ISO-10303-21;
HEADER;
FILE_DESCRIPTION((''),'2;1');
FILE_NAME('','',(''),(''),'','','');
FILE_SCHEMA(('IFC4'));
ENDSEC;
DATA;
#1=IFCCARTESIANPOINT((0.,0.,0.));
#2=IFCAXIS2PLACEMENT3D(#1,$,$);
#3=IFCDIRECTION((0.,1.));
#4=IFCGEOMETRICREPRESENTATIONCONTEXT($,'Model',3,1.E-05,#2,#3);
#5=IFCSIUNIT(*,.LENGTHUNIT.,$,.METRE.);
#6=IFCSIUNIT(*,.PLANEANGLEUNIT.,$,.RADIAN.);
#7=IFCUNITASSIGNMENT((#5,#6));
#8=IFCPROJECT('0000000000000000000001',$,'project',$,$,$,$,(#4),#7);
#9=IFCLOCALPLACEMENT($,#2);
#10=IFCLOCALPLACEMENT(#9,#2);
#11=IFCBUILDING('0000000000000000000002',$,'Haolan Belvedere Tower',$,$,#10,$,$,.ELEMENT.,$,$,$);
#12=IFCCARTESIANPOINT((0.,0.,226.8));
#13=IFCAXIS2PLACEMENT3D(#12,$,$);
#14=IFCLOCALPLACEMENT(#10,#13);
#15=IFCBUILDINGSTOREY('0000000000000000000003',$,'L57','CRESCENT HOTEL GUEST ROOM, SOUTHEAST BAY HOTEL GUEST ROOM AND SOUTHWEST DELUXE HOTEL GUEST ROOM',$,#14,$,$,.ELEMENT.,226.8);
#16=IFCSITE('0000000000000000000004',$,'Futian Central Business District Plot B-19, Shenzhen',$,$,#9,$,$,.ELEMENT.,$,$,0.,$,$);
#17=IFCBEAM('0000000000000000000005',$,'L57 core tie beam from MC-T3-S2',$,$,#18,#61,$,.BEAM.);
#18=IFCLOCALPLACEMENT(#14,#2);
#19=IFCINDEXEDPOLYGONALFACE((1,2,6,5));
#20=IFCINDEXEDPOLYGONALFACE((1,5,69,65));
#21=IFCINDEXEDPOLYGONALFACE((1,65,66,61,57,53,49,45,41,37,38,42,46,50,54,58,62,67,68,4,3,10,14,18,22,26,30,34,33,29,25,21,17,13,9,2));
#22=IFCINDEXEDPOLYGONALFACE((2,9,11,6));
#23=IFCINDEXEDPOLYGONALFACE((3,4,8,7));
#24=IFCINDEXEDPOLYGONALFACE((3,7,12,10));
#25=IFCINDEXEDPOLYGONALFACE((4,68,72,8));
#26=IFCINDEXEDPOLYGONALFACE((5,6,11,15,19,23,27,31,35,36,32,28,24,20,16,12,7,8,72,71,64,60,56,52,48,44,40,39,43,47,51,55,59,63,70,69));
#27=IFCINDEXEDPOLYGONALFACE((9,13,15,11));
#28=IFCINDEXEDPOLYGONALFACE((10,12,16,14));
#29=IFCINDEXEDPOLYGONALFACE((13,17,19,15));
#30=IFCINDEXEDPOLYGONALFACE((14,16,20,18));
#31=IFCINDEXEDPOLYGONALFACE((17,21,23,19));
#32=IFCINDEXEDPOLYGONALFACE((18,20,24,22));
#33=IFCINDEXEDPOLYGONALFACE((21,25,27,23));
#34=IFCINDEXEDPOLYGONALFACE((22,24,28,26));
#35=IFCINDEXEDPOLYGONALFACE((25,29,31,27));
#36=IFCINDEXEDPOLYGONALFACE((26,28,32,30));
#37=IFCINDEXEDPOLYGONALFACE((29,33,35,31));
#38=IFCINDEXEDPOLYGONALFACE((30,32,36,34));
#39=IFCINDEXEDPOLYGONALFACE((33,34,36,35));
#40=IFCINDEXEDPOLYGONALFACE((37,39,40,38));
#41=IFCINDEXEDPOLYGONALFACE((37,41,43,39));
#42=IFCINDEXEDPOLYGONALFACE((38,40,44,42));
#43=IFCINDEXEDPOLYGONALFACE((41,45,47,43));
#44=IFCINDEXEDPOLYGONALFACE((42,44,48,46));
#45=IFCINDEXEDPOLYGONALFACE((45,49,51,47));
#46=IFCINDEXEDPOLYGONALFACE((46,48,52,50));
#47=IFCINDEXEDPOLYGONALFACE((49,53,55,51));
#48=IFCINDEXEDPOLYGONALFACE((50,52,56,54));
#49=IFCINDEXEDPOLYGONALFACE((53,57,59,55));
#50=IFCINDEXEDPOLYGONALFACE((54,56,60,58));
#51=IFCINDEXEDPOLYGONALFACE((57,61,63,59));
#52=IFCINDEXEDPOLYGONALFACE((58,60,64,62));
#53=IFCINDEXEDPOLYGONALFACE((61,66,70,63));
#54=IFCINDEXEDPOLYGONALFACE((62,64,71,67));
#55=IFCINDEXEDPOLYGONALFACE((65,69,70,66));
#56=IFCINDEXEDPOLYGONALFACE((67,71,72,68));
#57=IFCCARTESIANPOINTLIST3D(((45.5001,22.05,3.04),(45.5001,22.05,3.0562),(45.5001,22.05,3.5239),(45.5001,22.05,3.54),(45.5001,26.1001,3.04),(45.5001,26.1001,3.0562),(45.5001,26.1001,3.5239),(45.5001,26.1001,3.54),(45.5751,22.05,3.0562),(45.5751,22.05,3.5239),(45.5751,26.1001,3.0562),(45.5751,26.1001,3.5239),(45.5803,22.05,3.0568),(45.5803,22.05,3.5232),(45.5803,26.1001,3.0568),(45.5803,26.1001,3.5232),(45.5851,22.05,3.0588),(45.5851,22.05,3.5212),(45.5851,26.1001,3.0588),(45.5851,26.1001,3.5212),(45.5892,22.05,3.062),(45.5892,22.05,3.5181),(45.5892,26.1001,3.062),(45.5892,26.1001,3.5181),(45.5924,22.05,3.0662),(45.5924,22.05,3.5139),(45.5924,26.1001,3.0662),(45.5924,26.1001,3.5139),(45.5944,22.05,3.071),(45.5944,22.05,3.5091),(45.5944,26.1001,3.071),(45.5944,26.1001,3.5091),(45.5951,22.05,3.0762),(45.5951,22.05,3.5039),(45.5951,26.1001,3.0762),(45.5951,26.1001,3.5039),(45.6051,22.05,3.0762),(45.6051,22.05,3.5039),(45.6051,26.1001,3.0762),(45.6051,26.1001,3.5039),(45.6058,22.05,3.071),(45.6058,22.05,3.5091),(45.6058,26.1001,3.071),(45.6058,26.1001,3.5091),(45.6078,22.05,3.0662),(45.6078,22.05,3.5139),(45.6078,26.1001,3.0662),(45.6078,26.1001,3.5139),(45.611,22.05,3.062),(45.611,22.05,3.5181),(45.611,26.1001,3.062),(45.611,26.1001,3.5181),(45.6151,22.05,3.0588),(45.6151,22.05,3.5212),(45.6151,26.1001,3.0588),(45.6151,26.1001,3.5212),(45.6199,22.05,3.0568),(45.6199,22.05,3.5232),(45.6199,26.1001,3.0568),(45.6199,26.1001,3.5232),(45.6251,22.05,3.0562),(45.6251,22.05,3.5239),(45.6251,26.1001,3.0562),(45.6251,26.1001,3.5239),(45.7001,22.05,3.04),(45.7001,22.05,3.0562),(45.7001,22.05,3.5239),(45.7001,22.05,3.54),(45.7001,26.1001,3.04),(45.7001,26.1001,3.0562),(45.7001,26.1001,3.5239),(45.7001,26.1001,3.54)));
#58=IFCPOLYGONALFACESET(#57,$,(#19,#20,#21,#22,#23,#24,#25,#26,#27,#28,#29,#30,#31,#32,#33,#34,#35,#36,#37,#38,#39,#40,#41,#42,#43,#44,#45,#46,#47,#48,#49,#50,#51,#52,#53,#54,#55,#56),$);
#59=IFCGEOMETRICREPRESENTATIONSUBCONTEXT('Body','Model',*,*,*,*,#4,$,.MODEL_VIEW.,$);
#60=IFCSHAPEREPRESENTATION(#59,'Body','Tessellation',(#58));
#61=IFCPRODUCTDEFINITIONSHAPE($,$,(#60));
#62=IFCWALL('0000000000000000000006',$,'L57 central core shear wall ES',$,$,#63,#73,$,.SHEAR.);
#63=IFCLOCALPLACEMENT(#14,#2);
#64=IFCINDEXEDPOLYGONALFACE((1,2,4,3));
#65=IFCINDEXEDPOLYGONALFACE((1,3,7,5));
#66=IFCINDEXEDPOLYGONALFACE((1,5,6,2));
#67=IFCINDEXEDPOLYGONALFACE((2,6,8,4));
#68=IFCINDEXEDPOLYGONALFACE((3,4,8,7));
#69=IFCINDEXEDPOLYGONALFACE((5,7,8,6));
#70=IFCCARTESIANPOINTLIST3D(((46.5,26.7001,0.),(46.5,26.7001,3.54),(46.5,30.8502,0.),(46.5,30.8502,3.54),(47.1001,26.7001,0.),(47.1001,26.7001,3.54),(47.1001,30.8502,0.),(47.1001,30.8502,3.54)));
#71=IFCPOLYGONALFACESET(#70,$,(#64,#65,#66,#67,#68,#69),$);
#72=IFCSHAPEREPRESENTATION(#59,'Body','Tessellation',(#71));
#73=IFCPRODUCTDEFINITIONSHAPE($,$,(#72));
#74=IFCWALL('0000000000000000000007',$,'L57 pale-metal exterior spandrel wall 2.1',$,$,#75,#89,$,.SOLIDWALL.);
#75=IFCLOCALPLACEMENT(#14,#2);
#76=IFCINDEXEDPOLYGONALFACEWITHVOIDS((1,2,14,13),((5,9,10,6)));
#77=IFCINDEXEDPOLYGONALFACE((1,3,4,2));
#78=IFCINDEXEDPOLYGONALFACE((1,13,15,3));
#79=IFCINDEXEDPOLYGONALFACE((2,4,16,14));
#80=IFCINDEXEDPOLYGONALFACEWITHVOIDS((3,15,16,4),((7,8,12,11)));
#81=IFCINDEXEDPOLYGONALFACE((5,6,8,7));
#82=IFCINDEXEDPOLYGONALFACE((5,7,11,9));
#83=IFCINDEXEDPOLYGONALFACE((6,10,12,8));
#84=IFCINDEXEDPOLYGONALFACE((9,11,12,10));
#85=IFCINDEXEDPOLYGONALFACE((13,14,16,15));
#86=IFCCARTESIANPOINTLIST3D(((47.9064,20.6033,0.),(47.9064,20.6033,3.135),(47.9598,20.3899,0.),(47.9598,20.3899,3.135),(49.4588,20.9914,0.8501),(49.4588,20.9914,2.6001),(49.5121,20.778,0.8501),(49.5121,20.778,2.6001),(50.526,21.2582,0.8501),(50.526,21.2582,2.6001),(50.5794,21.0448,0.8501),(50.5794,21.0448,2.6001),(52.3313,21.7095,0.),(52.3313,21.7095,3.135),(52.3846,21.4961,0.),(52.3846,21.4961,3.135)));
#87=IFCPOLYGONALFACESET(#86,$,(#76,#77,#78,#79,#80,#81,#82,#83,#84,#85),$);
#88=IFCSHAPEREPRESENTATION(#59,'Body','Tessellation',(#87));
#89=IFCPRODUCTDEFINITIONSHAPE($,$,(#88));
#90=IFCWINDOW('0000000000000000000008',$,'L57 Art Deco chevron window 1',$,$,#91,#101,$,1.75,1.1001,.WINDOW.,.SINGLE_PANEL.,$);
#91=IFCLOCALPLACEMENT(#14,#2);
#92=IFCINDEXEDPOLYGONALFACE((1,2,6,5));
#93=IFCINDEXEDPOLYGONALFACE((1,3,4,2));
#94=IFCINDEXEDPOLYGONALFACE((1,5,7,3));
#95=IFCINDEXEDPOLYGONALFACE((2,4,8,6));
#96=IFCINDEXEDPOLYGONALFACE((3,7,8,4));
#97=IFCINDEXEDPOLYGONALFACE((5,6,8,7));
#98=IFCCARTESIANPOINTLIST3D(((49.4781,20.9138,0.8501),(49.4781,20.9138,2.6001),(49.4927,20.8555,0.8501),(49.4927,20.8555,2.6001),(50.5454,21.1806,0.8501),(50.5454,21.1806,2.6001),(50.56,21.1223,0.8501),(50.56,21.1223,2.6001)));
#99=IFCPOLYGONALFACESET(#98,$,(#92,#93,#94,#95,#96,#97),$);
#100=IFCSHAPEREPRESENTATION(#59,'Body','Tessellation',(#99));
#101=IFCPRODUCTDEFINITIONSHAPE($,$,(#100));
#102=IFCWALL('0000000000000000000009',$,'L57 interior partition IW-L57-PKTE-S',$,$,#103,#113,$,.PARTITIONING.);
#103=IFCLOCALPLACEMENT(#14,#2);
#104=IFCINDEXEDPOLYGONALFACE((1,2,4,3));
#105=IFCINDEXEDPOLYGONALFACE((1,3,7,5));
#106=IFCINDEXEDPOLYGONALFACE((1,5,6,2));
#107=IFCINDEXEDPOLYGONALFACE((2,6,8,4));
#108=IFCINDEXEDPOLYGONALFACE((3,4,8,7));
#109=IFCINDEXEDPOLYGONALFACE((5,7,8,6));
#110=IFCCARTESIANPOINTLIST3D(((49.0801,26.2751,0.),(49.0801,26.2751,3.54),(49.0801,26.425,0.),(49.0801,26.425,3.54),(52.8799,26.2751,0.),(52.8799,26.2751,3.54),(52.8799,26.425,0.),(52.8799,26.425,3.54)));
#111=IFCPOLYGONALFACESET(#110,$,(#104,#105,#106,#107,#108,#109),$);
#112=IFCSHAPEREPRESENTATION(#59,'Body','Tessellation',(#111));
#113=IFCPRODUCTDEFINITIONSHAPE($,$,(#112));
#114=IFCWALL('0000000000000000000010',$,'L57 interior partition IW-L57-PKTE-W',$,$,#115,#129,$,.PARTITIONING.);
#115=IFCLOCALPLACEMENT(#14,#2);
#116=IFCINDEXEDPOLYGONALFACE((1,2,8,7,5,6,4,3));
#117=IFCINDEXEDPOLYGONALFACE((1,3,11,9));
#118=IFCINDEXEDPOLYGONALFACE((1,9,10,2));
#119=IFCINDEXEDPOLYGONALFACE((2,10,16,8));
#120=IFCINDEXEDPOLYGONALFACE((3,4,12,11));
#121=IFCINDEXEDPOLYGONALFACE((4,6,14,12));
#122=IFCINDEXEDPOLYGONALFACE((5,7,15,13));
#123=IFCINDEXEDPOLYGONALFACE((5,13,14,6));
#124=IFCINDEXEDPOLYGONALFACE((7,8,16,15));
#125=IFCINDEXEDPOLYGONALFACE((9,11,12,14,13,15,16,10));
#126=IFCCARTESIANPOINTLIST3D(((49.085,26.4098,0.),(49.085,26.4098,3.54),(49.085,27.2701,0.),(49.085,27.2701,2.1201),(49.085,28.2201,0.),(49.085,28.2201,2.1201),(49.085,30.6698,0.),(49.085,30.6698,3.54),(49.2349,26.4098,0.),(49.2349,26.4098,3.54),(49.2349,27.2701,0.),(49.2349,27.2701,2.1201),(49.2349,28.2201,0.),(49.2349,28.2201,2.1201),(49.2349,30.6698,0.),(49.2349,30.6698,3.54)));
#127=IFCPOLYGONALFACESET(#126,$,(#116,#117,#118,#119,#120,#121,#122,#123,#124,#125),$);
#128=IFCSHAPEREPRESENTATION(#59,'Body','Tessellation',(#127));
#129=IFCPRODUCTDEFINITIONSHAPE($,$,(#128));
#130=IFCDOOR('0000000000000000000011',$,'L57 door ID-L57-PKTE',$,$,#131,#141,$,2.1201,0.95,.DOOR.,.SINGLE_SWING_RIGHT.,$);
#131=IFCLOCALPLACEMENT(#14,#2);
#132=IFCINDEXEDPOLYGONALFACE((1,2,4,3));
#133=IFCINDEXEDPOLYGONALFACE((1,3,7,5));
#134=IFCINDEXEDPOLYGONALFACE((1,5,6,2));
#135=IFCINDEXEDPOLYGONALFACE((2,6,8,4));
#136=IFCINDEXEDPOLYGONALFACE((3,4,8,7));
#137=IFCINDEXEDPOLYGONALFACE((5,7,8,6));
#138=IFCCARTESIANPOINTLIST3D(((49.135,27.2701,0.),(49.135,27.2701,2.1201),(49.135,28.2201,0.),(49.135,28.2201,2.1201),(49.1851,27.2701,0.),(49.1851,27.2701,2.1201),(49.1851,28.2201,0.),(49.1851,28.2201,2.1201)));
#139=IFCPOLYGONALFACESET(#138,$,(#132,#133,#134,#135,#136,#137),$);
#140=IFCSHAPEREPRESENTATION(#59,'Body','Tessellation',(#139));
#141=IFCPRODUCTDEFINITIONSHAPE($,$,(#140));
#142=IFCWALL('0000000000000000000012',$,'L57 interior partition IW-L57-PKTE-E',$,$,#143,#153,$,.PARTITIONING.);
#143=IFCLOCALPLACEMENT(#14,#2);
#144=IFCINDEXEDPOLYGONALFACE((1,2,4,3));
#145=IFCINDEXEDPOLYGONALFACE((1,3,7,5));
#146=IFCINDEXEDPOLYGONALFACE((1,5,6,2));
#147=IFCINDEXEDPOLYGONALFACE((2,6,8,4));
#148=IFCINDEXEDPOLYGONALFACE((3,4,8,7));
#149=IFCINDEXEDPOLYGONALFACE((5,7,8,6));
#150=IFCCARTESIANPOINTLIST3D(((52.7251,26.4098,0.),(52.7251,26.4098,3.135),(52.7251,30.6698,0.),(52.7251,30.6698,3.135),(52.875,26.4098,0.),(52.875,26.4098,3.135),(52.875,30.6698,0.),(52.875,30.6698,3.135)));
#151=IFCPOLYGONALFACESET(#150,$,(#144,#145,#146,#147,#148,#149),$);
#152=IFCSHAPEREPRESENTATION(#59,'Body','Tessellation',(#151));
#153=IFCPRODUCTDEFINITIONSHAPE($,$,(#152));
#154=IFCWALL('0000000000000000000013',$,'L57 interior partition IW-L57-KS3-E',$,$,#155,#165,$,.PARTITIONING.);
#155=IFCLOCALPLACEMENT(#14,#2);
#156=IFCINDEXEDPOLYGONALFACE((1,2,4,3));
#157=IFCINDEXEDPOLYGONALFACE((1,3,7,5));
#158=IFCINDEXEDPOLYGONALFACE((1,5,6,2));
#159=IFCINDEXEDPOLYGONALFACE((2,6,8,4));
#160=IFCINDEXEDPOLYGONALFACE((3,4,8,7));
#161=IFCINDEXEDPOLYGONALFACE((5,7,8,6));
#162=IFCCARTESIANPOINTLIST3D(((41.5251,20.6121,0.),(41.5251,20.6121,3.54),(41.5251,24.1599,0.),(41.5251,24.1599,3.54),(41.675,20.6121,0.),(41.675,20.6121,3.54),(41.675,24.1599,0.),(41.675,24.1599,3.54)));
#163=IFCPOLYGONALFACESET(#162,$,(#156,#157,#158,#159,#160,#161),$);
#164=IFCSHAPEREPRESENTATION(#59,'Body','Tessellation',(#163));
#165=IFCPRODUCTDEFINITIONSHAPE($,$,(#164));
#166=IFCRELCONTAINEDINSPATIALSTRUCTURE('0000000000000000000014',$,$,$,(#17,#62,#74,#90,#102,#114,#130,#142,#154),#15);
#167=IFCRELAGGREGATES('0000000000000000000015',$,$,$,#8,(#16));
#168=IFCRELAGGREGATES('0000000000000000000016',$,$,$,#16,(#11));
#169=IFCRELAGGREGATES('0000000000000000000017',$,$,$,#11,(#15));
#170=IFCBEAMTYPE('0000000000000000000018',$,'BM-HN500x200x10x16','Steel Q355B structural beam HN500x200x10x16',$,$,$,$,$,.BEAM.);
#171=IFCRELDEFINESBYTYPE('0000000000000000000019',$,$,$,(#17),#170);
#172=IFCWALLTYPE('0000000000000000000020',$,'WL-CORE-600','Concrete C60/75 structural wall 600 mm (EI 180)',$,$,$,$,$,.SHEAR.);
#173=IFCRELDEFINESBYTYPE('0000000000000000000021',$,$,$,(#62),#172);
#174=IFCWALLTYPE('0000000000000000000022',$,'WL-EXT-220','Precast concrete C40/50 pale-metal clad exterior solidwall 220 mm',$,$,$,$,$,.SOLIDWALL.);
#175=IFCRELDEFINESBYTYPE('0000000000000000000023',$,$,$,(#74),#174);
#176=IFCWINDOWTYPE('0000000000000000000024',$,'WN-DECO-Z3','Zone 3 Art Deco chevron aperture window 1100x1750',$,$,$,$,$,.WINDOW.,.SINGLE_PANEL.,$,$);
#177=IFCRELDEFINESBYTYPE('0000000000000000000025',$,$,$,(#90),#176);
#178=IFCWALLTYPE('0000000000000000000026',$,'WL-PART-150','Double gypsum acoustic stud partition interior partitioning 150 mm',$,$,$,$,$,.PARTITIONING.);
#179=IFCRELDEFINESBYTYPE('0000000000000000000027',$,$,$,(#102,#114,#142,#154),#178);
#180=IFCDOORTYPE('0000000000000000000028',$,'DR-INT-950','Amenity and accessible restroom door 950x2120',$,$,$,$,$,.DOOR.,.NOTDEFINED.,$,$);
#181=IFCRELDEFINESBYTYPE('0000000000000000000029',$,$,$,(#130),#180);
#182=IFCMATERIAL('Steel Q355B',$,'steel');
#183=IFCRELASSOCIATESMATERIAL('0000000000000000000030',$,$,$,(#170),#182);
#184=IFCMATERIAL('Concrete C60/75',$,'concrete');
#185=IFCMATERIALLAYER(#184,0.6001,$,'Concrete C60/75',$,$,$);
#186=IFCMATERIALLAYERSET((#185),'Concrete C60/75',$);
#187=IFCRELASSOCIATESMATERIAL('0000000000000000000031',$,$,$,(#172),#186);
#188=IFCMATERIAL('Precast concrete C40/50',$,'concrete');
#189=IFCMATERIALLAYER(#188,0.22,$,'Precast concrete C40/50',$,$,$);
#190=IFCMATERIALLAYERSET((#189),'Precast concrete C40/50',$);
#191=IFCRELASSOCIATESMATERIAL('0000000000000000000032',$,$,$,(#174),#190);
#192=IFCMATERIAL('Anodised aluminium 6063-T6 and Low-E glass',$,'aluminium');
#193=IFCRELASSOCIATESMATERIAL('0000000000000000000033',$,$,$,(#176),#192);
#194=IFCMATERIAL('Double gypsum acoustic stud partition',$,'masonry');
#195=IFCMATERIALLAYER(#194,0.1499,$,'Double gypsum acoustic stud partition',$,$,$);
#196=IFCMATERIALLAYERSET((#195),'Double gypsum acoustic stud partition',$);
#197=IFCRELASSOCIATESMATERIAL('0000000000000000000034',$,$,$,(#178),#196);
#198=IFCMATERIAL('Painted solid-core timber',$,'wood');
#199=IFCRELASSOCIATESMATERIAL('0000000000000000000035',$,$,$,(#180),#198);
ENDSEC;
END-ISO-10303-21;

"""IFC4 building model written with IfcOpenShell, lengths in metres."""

from ifc_helpers import new_model, si_unit, direction, frame, frame_2d, origin, origin_2d, place, context, subcontext, project, spatial, rectangle, i_section, extrude, material, layer, layer_set, material_profile, profile_set, type_object, element, fill, save


model = new_model("IFC4")

# Units and contexts
model_context = context("Model", 3, precision=1e-05, world=origin(), true_north=direction((0.0, 1.0)))
body_context = subcontext(model_context, "Body", "Model", "MODEL_VIEW")
ifc_project = project(units=[si_unit("LENGTHUNIT", "METRE"), si_unit("PLANEANGLEUNIT", "RADIAN")], contexts=[model_context])

# Site, building, storey
site_placement = place(None, origin())
site = spatial("IfcSite", under=ifc_project, at=site_placement, Name="Futian Central Business District Plot B-19, Shenzhen", CompositionType="ELEMENT", RefElevation=0.0)
building_placement = place(site_placement, origin())
building = spatial("IfcBuilding", under=site, at=building_placement, Name="Haolan Belvedere Tower", CompositionType="ELEMENT")
storey_placement = place(building_placement, frame((0.0, 0.0, 226.8)))
storey = spatial("IfcBuildingStorey", under=building, at=storey_placement, Name="L57", Description="CRESCENT HOTEL GUEST ROOM, SOUTHEAST BAY HOTEL GUEST ROOM AND SOUTHWEST DELUXE HOTEL GUEST ROOM", CompositionType="ELEMENT", Elevation=226.8)

# Beam
ifc_material_1 = material(Name="Steel Q355B", Category="steel")
ifc_material_profile_1 = material_profile(ifc_material_1, i_section(OverallWidth=0.2, OverallDepth=0.5, WebThickness=0.01, FlangeThickness=0.0161, FilletRadius=0.02, at=origin_2d()), Name="Steel Q355B")
ifc_profile_set_1 = profile_set([ifc_material_profile_1], Name="Steel Q355B")
beam_type_1 = type_object("IfcBeamType", Name="BM-HN500x200x10x16", Description="Steel Q355B structural beam HN500x200x10x16", PredefinedType="BEAM", material=ifc_profile_set_1)
beam_1_placement = place(storey_placement, frame((45.6001, 22.05, 3.29), z_axis=(0.0, 1.0, 0.0), x_axis=(-1.0, 0.0, 0.0)))
element("IfcBeam", 1, at=beam_1_placement, inside=storey, type_object=beam_type_1, Name="L57 core tie beam from MC-T3-S2", PredefinedType="BEAM", context=body_context, shape_type="SweptSolid", body=[
    extrude(i_section(OverallWidth=0.2, OverallDepth=0.5, WebThickness=0.01, FlangeThickness=0.0161, FilletRadius=0.02, at=origin_2d()), origin(), (0.0, 0.0, 1.0), 4.05),
])

# Wall
ifc_material_2 = material(Name="Concrete C60/75", Category="concrete")
ifc_layer_1 = layer(ifc_material_2, 0.6001, Name="Concrete C60/75")
ifc_layer_set_1 = layer_set([ifc_layer_1], Name="Concrete C60/75")
wall_type_1 = type_object("IfcWallType", Name="WL-CORE-600", Description="Concrete C60/75 structural wall 600 mm (EI 180)", PredefinedType="SHEAR", material=ifc_layer_set_1)
wall_1_placement = place(storey_placement, frame((46.8, 26.7, 0.0), z_axis=(0.0, 0.0, 1.0), x_axis=(0.0, 1.0, 0.0)))
element("IfcWall", 2, at=wall_1_placement, inside=storey, type_object=wall_type_1, Name="L57 central core shear wall ES", PredefinedType="SHEAR", context=body_context, shape_type="SweptSolid", body=[
    extrude(rectangle(XDim=4.1501, YDim=0.6001, at=frame_2d((2.0752, 0.0))), origin(), (0.0, 0.0, 1.0), 3.54),
])

# Wall, opening, window
ifc_material_3 = material(Name="Precast concrete C40/50", Category="concrete")
ifc_layer_2 = layer(ifc_material_3, 0.22, Name="Precast concrete C40/50")
ifc_layer_set_2 = layer_set([ifc_layer_2], Name="Precast concrete C40/50")
wall_type_2 = type_object("IfcWallType", Name="WL-EXT-220", Description="Precast concrete C40/50 pale-metal clad exterior solidwall 220 mm", PredefinedType="SOLIDWALL", material=ifc_layer_set_2)
wall_2_placement = place(storey_placement, frame((47.9331, 20.4966, 0.0), z_axis=(0.0, 0.0, 1.0), x_axis=(0.970143, 0.242536, 0.0)))
wall_2 = element("IfcWall", 3, at=wall_2_placement, inside=storey, type_object=wall_type_2, Name="L57 pale-metal exterior spandrel wall 2.1", PredefinedType="SOLIDWALL", context=body_context, shape_type="SweptSolid", body=[
    extrude(rectangle(XDim=4.561, YDim=0.22, at=frame_2d((2.2805, 0.0))), origin(), (0.0, 0.0, 1.0), 3.135),
])
opening_1_placement = place(wall_2_placement, frame((1.6001, 0.0, 0.8501)))
opening_1 = element("IfcOpeningElement", 4, at=opening_1_placement, cuts=wall_2, PredefinedType="OPENING", context=body_context, shape_type="SweptSolid", body=[
    extrude(rectangle(XDim=1.1001, YDim=1.75, at=frame_2d((0.55, 0.875))), frame((0.0, 0.1199, 0.0), z_axis=(0.0, -1.0, 0.0), x_axis=(1.0, 0.0, 0.0)), (0.0, 0.0, 1.0), 0.24),
])
ifc_material_4 = material(Name="Anodised aluminium 6063-T6 and Low-E glass", Category="aluminium")
window_type = type_object("IfcWindowType", Name="WN-DECO-Z3", Description="Zone 3 Art Deco chevron aperture window 1100x1750", PartitioningType="SINGLE_PANEL", PredefinedType="WINDOW", material=ifc_material_4)
window_placement = place(opening_1_placement, origin())
window = element("IfcWindow", 5, at=window_placement, inside=storey, type_object=window_type, Name="L57 Art Deco chevron window 1", OverallHeight=1.75, OverallWidth=1.1001, PartitioningType="SINGLE_PANEL", PredefinedType="WINDOW", context=body_context, shape_type="SweptSolid", body=[
    extrude(rectangle(XDim=1.1001, YDim=1.75, at=frame_2d((0.55, 0.875))), frame((0.0, 0.03, 0.0), z_axis=(0.0, -1.0, 0.0), x_axis=(1.0, 0.0, 0.0)), (0.0, 0.0, 1.0), 0.0601),
])
fill(opening_1, window)

# Wall
ifc_material_5 = material(Name="Double gypsum acoustic stud partition", Category="masonry")
ifc_layer_3 = layer(ifc_material_5, 0.1499, Name="Double gypsum acoustic stud partition")
ifc_layer_set_3 = layer_set([ifc_layer_3], Name="Double gypsum acoustic stud partition")
wall_type_3 = type_object("IfcWallType", Name="WL-PART-150", Description="Double gypsum acoustic stud partition interior partitioning 150 mm", PredefinedType="PARTITIONING", material=ifc_layer_set_3)
wall_3_placement = place(storey_placement, frame((49.0801, 26.3501, 0.0), z_axis=(0.0, 0.0, 1.0), x_axis=(1.0, 0.0, 0.0)))
element("IfcWall", 6, at=wall_3_placement, inside=storey, type_object=wall_type_3, Name="L57 interior partition IW-L57-PKTE-S", PredefinedType="PARTITIONING", context=body_context, shape_type="SweptSolid", body=[
    extrude(rectangle(XDim=3.7998, YDim=0.1499, at=frame_2d((1.8999, 0.0))), origin(), (0.0, 0.0, 1.0), 3.54),
])

# Wall, opening, door
wall_4_placement = place(storey_placement, frame((49.1599, 26.4099, 0.0), z_axis=(0.0, 0.0, 1.0), x_axis=(0.0, 1.0, 0.0)))
wall_4 = element("IfcWall", 7, at=wall_4_placement, inside=storey, type_object=wall_type_3, Name="L57 interior partition IW-L57-PKTE-W", PredefinedType="PARTITIONING", context=body_context, shape_type="SweptSolid", body=[
    extrude(rectangle(XDim=4.26, YDim=0.1499, at=frame_2d((2.1299, 0.0))), origin(), (0.0, 0.0, 1.0), 3.54),
])
opening_2_placement = place(wall_4_placement, frame((0.8601, 0.0, 0.0)))
opening_2 = element("IfcOpeningElement", 8, at=opening_2_placement, cuts=wall_4, PredefinedType="OPENING", context=body_context, shape_type="SweptSolid", body=[
    extrude(rectangle(XDim=0.95, YDim=2.1201, at=frame_2d((0.4751, 1.0601))), frame((0.0, 0.085, 0.0), z_axis=(0.0, -1.0, 0.0), x_axis=(1.0, 0.0, 0.0)), (0.0, 0.0, 1.0), 0.1699),
])
ifc_material_6 = material(Name="Painted solid-core timber", Category="wood")
door_type = type_object("IfcDoorType", Name="DR-INT-950", Description="Amenity and accessible restroom door 950x2120", OperationType="NOTDEFINED", PredefinedType="DOOR", material=ifc_material_6)
door_1_placement = place(opening_2_placement, origin())
door_1 = element("IfcDoor", 9, at=door_1_placement, inside=storey, type_object=door_type, Name="L57 door ID-L57-PKTE", OperationType="SINGLE_SWING_RIGHT", OverallHeight=2.1201, OverallWidth=0.95, PredefinedType="DOOR", context=body_context, shape_type="SweptSolid", body=[
    extrude(rectangle(XDim=0.95, YDim=2.1201, at=frame_2d((0.4751, 1.0601))), frame((0.0, 0.0249, 0.0), z_axis=(0.0, -1.0, 0.0), x_axis=(1.0, 0.0, 0.0)), (0.0, 0.0, 1.0), 0.05),
])
fill(opening_2, door_1)

# Walls
wall_5_placement = place(storey_placement, frame((52.8, 26.4099, 0.0), z_axis=(0.0, 0.0, 1.0), x_axis=(0.0, 1.0, 0.0)))
element("IfcWall", 10, at=wall_5_placement, inside=storey, type_object=wall_type_3, Name="L57 interior partition IW-L57-PKTE-E", PredefinedType="PARTITIONING", context=body_context, shape_type="SweptSolid", body=[
    extrude(rectangle(XDim=4.26, YDim=0.1499, at=frame_2d((2.1299, 0.0))), origin(), (0.0, 0.0, 1.0), 3.135),
])
wall_6_placement = place(storey_placement, frame((41.6001, 20.6121, 0.0), z_axis=(0.0, 0.0, 1.0), x_axis=(0.0, 1.0, 0.0)))
element("IfcWall", 11, at=wall_6_placement, inside=storey, type_object=wall_type_3, Name="L57 interior partition IW-L57-KS3-E", PredefinedType="PARTITIONING", context=body_context, shape_type="SweptSolid", body=[
    extrude(rectangle(XDim=3.5479, YDim=0.1499, at=frame_2d((1.7739, 0.0))), origin(), (0.0, 0.0, 1.0), 3.54),
])

save(model, "model.ifc")
